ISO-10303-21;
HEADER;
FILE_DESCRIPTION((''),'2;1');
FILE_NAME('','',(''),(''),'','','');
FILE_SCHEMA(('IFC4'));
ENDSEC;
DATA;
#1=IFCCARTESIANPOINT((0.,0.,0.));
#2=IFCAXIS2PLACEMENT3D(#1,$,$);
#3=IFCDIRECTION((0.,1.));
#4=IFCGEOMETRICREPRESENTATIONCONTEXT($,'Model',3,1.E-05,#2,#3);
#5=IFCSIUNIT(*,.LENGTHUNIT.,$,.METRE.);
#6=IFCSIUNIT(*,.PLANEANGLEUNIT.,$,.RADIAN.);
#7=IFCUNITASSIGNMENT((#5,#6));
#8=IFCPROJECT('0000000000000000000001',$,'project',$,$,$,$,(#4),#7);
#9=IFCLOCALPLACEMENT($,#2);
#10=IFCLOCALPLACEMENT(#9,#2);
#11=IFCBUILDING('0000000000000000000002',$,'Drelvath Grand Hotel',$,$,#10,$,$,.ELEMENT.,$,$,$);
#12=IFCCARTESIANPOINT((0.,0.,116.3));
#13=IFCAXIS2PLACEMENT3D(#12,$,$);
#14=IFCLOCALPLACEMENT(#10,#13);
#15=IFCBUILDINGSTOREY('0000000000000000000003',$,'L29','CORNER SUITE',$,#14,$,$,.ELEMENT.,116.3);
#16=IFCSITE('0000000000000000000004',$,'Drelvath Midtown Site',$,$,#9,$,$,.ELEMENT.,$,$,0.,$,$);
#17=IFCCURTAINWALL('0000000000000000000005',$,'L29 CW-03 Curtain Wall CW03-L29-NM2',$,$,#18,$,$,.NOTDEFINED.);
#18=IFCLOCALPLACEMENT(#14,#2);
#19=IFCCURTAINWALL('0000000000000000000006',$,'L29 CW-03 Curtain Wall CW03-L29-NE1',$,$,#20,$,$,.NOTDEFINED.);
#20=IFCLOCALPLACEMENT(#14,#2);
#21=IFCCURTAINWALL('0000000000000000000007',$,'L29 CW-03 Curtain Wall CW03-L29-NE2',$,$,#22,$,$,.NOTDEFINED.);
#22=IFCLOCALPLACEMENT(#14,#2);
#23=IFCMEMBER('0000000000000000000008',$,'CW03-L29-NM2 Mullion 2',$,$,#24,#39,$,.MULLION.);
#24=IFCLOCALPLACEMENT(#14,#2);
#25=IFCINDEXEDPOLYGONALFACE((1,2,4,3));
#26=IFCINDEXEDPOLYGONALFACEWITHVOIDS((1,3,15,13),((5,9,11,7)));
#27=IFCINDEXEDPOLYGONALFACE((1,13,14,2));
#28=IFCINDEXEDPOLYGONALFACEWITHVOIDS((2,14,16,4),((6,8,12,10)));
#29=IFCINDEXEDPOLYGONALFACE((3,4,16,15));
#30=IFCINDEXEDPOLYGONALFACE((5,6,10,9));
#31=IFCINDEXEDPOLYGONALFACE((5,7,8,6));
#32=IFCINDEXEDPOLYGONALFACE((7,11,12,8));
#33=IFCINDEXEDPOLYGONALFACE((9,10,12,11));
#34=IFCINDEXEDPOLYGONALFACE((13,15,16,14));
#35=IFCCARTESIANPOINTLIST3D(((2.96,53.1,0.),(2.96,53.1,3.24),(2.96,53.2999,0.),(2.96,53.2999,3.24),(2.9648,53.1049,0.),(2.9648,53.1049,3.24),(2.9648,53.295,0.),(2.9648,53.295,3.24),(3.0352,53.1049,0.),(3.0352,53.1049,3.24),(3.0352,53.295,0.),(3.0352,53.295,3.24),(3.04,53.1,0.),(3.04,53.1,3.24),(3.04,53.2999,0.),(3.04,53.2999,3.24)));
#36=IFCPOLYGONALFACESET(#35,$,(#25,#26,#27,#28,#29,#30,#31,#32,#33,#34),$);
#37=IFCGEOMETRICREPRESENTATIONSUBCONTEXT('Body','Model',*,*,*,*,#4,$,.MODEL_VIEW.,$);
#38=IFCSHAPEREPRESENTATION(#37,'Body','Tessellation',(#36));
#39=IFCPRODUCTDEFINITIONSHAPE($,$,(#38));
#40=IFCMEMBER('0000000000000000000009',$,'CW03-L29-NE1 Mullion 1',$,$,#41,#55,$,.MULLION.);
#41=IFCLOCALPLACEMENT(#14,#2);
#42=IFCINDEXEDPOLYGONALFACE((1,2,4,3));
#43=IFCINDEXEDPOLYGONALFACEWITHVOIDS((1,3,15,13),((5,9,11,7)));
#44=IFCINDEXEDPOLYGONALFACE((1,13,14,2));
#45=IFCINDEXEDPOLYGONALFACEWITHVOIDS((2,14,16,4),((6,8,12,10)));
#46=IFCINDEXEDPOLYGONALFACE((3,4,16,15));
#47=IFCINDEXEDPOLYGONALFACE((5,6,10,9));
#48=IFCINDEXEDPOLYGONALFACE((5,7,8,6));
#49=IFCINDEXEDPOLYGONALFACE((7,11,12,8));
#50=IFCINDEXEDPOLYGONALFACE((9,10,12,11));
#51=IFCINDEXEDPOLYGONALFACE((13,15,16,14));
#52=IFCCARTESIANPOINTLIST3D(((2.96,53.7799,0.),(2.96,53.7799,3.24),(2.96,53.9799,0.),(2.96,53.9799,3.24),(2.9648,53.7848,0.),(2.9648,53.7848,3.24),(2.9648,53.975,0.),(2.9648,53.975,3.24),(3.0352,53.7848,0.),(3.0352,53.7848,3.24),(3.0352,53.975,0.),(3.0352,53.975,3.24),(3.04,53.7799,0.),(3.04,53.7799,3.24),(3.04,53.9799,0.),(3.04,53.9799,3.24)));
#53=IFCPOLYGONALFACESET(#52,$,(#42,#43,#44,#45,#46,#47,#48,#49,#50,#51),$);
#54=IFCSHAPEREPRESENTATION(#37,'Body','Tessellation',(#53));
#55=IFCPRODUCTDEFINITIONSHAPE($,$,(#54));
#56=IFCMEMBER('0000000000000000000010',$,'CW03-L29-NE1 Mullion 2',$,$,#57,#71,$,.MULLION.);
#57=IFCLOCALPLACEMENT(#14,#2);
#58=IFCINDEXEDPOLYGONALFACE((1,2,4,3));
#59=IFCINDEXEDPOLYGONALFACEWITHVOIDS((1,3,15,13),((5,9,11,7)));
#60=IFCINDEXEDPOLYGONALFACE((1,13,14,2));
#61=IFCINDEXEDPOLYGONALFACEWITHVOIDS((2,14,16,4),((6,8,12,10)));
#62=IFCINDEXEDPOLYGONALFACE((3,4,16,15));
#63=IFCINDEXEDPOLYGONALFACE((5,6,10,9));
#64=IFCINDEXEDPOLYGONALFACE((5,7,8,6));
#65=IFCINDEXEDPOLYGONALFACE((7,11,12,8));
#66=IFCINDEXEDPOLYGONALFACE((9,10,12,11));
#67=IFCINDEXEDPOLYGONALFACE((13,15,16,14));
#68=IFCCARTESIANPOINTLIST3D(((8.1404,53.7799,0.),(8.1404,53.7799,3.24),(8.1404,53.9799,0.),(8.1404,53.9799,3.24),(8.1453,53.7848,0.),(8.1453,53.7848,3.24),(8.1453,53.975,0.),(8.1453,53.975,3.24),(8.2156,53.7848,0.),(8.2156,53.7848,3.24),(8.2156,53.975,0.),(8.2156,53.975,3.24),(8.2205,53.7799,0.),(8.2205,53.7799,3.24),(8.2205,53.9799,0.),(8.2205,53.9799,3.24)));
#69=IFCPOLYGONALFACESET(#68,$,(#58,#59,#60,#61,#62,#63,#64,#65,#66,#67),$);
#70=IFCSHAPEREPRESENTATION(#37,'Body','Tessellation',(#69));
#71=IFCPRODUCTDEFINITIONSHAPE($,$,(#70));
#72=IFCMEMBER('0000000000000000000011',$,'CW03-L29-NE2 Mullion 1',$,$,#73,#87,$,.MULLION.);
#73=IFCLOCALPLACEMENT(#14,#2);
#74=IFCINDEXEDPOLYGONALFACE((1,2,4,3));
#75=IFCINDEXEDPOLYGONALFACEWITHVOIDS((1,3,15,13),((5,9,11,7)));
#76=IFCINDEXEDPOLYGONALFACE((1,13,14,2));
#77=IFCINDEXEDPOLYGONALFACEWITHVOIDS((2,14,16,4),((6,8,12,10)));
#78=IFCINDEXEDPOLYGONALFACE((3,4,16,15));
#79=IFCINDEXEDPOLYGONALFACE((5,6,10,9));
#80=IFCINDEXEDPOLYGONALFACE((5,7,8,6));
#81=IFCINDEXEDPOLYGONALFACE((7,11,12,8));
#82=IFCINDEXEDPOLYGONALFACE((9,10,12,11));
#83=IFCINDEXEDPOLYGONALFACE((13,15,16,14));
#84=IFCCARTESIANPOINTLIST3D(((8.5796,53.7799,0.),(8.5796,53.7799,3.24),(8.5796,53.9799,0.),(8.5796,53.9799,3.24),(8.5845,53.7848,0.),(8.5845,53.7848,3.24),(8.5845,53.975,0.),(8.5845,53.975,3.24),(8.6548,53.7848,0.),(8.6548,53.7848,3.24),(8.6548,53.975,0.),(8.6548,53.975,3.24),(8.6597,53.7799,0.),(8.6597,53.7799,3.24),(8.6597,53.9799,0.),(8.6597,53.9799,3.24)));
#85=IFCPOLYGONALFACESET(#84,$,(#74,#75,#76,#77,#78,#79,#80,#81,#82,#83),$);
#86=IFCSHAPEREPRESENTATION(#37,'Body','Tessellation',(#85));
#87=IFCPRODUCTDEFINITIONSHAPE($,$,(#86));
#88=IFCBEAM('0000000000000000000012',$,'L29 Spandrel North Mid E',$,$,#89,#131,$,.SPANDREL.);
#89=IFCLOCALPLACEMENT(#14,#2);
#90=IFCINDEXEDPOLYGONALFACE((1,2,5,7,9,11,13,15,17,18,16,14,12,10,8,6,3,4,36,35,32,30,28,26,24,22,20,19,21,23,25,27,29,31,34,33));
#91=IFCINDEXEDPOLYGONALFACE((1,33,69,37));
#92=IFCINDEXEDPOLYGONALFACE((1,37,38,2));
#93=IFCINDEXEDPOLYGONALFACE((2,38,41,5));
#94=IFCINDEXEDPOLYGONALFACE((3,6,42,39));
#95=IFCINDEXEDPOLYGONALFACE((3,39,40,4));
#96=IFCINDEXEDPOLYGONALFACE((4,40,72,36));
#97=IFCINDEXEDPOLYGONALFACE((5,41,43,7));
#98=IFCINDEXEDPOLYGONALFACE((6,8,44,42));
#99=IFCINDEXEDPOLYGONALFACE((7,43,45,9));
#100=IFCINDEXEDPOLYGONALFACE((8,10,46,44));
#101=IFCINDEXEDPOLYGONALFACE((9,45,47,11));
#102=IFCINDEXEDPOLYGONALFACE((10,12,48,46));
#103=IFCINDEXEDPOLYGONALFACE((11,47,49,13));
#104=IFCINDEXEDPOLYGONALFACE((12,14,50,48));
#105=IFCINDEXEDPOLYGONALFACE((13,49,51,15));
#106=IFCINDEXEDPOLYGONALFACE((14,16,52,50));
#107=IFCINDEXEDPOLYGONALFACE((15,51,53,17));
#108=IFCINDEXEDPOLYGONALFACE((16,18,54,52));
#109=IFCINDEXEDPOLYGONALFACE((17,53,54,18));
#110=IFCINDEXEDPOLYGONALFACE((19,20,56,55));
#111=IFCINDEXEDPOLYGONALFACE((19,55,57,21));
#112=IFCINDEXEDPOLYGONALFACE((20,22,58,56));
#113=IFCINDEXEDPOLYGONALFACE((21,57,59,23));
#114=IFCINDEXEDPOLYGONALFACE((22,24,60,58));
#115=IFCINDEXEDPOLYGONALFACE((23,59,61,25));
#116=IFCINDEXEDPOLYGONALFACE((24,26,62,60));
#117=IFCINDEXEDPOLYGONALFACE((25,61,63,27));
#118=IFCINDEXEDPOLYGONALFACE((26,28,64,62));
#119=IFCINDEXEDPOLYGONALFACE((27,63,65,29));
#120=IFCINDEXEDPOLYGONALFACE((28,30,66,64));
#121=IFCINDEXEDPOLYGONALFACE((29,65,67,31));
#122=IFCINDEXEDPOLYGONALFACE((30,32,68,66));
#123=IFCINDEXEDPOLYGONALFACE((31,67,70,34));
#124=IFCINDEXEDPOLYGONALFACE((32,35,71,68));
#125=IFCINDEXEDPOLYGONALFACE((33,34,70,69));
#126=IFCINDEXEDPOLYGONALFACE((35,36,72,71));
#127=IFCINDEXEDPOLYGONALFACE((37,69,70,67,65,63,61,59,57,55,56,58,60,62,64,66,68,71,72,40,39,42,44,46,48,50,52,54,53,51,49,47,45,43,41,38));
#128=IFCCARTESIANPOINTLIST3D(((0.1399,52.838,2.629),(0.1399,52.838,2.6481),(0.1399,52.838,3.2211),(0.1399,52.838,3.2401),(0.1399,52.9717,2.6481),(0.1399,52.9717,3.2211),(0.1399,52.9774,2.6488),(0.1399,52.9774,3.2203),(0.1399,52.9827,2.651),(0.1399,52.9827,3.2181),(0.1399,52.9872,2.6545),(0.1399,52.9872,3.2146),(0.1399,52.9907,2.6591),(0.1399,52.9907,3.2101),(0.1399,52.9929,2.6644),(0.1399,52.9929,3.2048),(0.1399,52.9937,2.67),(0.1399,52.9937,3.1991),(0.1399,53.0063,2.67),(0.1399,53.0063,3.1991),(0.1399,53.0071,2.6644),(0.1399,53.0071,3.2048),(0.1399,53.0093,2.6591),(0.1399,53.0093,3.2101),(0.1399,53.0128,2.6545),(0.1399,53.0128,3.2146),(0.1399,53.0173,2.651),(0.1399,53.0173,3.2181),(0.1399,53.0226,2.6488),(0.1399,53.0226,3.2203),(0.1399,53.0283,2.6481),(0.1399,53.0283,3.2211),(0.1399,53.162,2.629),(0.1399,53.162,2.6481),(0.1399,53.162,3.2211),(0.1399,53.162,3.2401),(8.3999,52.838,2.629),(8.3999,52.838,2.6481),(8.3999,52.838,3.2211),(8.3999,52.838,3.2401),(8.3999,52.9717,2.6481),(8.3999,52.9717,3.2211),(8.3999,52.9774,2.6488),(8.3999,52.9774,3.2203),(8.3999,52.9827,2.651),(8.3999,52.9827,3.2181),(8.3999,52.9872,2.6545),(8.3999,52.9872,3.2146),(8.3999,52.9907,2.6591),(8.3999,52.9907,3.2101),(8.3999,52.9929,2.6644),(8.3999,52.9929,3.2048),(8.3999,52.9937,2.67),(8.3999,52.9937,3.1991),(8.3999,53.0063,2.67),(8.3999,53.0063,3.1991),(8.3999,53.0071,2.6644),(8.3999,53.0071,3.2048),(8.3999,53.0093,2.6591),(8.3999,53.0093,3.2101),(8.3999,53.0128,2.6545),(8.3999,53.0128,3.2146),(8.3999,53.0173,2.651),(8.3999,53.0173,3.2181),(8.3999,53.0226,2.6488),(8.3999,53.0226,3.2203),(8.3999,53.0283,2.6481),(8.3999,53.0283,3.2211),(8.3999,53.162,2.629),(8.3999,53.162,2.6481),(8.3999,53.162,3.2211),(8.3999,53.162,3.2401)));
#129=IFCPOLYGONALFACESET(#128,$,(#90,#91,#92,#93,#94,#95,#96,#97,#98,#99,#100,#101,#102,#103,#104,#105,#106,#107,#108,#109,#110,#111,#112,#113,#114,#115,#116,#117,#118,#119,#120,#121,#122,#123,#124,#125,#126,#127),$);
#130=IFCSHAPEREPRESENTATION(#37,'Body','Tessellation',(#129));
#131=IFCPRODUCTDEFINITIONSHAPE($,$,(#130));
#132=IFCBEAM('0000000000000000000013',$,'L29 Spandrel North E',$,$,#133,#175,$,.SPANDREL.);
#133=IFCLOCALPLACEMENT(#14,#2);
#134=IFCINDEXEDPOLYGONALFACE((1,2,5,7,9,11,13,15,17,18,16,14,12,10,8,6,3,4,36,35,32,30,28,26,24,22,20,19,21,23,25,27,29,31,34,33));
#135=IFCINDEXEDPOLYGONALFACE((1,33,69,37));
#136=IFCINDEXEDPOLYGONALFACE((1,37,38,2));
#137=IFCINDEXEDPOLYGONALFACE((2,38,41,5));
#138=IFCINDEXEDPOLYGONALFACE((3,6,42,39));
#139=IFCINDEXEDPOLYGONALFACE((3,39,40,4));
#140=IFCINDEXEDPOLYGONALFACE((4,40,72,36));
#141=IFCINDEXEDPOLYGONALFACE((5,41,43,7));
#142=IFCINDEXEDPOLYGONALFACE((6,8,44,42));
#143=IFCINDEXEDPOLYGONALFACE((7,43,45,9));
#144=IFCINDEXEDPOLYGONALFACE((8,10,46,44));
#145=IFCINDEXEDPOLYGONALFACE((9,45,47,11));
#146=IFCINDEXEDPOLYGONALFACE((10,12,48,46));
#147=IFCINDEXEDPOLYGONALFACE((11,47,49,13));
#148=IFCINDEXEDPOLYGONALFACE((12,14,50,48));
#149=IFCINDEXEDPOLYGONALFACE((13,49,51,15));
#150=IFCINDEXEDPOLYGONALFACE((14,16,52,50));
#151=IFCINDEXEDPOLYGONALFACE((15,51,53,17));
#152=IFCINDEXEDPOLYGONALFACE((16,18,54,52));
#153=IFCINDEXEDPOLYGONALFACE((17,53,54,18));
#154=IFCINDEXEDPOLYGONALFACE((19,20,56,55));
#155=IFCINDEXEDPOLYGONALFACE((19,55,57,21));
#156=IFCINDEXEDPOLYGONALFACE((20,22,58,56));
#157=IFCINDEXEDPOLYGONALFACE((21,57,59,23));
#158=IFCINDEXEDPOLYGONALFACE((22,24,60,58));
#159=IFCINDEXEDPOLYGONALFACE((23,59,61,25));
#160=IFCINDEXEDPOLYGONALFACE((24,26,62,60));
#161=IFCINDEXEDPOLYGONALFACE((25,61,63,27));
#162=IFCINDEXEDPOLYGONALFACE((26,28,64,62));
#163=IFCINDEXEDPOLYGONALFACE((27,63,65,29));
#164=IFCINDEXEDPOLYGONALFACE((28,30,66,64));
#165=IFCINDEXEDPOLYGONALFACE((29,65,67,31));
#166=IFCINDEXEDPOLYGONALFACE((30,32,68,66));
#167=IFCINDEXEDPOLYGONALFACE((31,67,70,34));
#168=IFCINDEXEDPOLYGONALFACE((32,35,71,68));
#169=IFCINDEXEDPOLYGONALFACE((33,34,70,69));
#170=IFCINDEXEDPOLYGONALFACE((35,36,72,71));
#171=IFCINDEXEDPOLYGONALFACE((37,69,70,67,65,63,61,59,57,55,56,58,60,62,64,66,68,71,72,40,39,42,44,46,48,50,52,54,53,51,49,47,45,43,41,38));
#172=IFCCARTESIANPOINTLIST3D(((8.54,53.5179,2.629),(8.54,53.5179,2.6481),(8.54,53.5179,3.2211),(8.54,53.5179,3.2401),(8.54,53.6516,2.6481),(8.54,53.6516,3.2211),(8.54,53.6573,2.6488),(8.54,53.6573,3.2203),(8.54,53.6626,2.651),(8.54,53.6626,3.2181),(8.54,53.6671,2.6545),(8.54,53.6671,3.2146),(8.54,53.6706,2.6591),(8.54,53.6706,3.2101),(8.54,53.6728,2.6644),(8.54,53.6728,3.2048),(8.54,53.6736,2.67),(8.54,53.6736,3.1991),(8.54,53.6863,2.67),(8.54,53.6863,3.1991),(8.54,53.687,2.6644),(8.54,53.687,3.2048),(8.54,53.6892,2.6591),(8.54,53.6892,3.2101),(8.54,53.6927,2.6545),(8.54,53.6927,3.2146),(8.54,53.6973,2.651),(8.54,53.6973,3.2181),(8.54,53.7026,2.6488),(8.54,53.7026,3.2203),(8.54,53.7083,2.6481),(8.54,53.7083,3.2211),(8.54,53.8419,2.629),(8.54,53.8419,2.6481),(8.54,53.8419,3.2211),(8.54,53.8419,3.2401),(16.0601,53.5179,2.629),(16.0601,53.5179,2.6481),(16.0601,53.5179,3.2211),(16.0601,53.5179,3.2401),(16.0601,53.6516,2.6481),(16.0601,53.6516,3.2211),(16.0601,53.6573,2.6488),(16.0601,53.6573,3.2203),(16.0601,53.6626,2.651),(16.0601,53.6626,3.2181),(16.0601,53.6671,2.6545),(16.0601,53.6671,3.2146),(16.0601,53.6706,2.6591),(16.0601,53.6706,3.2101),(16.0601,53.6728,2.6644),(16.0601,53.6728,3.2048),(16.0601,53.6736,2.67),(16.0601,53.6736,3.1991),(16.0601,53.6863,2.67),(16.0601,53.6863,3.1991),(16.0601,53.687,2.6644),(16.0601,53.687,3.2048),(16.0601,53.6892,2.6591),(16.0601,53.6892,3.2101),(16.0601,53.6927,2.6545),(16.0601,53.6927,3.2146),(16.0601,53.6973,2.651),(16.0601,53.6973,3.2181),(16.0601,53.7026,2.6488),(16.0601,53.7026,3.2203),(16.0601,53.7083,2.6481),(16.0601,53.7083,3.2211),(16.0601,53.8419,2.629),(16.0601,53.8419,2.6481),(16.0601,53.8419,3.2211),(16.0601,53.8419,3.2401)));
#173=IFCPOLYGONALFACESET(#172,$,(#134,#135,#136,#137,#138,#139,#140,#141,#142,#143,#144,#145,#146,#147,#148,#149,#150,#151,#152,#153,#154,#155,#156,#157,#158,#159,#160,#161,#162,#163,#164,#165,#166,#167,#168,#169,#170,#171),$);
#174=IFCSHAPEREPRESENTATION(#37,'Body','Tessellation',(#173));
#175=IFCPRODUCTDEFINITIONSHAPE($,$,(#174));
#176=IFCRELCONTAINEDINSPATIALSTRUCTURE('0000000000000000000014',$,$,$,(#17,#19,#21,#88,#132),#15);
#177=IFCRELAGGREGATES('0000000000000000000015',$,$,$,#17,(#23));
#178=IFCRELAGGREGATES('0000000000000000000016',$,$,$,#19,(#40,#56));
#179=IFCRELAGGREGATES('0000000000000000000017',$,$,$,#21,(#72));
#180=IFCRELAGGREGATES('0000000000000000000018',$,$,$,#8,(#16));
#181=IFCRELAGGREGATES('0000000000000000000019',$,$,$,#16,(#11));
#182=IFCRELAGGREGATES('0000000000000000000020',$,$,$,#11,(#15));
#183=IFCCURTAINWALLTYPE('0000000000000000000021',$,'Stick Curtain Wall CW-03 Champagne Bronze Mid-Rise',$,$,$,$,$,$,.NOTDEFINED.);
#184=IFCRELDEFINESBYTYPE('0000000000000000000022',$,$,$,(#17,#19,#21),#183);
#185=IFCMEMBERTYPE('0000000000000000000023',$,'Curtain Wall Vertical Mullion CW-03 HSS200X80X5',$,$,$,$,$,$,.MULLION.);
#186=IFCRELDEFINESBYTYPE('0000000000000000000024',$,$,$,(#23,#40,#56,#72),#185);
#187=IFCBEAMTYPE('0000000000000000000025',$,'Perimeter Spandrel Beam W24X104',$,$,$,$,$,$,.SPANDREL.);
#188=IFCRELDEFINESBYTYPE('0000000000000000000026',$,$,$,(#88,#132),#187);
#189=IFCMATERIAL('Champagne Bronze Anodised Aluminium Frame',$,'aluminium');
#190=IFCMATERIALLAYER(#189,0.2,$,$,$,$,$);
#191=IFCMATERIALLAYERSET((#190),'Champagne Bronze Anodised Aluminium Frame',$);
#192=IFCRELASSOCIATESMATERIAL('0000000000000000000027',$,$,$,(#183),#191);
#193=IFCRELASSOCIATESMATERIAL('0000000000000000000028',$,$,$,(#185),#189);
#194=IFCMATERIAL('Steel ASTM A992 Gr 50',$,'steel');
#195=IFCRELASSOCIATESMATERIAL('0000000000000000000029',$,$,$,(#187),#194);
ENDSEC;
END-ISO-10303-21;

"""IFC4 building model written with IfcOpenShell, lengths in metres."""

from ifc_helpers import new_model, si_unit, direction, frame, origin, origin_2d, place, context, subcontext, project, spatial, hollow_rectangle, i_section, extrude, material, layer, layer_set, material_profile, profile_set, type_object, element, aggregate, save


model = new_model("IFC4")

# Units and contexts
model_context = context("Model", 3, precision=1e-05, world=origin(), true_north=direction((0.0, 1.0)))
body_context = subcontext(model_context, "Body", "Model", "MODEL_VIEW")
ifc_project = project(units=[si_unit("LENGTHUNIT", "METRE"), si_unit("PLANEANGLEUNIT", "RADIAN")], contexts=[model_context])

# Site, building, storey
site_placement = place(None, origin())
site = spatial("IfcSite", under=ifc_project, at=site_placement, Name="Drelvath Midtown Site", CompositionType="ELEMENT", RefElevation=0.0)
building_placement = place(site_placement, origin())
building = spatial("IfcBuilding", under=site, at=building_placement, Name="Drelvath Grand Hotel", CompositionType="ELEMENT")
storey_placement = place(building_placement, frame((0.0, 0.0, 116.3)))
storey = spatial("IfcBuildingStorey", under=building, at=storey_placement, Name="L29", Description="CORNER SUITE", CompositionType="ELEMENT", Elevation=116.3)

# Curtain walls
ifc_material_1 = material(Name="Champagne Bronze Anodised Aluminium Frame", Category="aluminium")
ifc_layer_1 = layer(ifc_material_1, 0.2)
ifc_layer_set_1 = layer_set([ifc_layer_1], Name="Champagne Bronze Anodised Aluminium Frame")
curtain_wall_type = type_object("IfcCurtainWallType", Name="Stick Curtain Wall CW-03 Champagne Bronze Mid-Rise", PredefinedType="NOTDEFINED", material=ifc_layer_set_1)
curtain_wall_1_placement = place(storey_placement, origin())
curtain_wall_1 = element("IfcCurtainWall", 1, at=curtain_wall_1_placement, inside=storey, type_object=curtain_wall_type, Name="L29 CW-03 Curtain Wall CW03-L29-NM2", PredefinedType="NOTDEFINED")
curtain_wall_2_placement = place(storey_placement, origin())
curtain_wall_2 = element("IfcCurtainWall", 2, at=curtain_wall_2_placement, inside=storey, type_object=curtain_wall_type, Name="L29 CW-03 Curtain Wall CW03-L29-NE1", PredefinedType="NOTDEFINED")
curtain_wall_3_placement = place(storey_placement, origin())
curtain_wall_3 = element("IfcCurtainWall", 3, at=curtain_wall_3_placement, inside=storey, type_object=curtain_wall_type, Name="L29 CW-03 Curtain Wall CW03-L29-NE2", PredefinedType="NOTDEFINED")
ifc_material_profile_1 = material_profile(ifc_material_1, hollow_rectangle(XDim=0.0801, YDim=0.2, WallThickness=0.0049, at=origin_2d()), Name="HSS200X80X5")
ifc_profile_set_1 = profile_set([ifc_material_profile_1], Name="Champagne Bronze Anodised Aluminium Frame")
member_type_1 = type_object("IfcMemberType", Name="Curtain Wall Vertical Mullion CW-03 HSS200X80X5", PredefinedType="MULLION", material=ifc_profile_set_1)

# Members
member_1_placement = place(storey_placement, frame((3.0, 53.2, 0.0), z_axis=(0.0, 0.0, 1.0), x_axis=(1.0, 0.0, 0.0)))
member_1 = element("IfcMember", 4, at=member_1_placement, type_object=member_type_1, Name="CW03-L29-NM2 Mullion 2", PredefinedType="MULLION", context=body_context, shape_type="SweptSolid", body=[
    extrude(hollow_rectangle(XDim=0.0801, YDim=0.2, WallThickness=0.0049, at=origin_2d()), origin(), (0.0, 0.0, 1.0), 3.24),
])
member_2_placement = place(storey_placement, frame((3.0, 53.8799, 0.0), z_axis=(0.0, 0.0, 1.0), x_axis=(1.0, 0.0, 0.0)))
member_2 = element("IfcMember", 5, at=member_2_placement, type_object=member_type_1, Name="CW03-L29-NE1 Mullion 1", PredefinedType="MULLION", context=body_context, shape_type="SweptSolid", body=[
    extrude(hollow_rectangle(XDim=0.0801, YDim=0.2, WallThickness=0.0049, at=origin_2d()), origin(), (0.0, 0.0, 1.0), 3.24),
])
member_3_placement = place(storey_placement, frame((8.1804, 53.8799, 0.0), z_axis=(0.0, 0.0, 1.0), x_axis=(1.0, 0.0, 0.0)))
member_3 = element("IfcMember", 6, at=member_3_placement, type_object=member_type_1, Name="CW03-L29-NE1 Mullion 2", PredefinedType="MULLION", context=body_context, shape_type="SweptSolid", body=[
    extrude(hollow_rectangle(XDim=0.0801, YDim=0.2, WallThickness=0.0049, at=origin_2d()), origin(), (0.0, 0.0, 1.0), 3.24),
])
member_4_placement = place(storey_placement, frame((8.6196, 53.8799, 0.0), z_axis=(0.0, 0.0, 1.0), x_axis=(1.0, 0.0, 0.0)))
member_4 = element("IfcMember", 7, at=member_4_placement, type_object=member_type_1, Name="CW03-L29-NE2 Mullion 1", PredefinedType="MULLION", context=body_context, shape_type="SweptSolid", body=[
    extrude(hollow_rectangle(XDim=0.0801, YDim=0.2, WallThickness=0.0049, at=origin_2d()), origin(), (0.0, 0.0, 1.0), 3.24),
])

# Beams
ifc_material_2 = material(Name="Steel ASTM A992 Gr 50", Category="steel")
ifc_material_profile_2 = material_profile(ifc_material_2, i_section(OverallWidth=0.324, OverallDepth=0.6111, WebThickness=0.0127, FlangeThickness=0.019, FilletRadius=0.022, at=origin_2d()), Name="W24X104")
ifc_profile_set_2 = profile_set([ifc_material_profile_2], Name="Steel ASTM A992 Gr 50")
beam_type_1 = type_object("IfcBeamType", Name="Perimeter Spandrel Beam W24X104", PredefinedType="SPANDREL", material=ifc_profile_set_2)
beam_1_placement = place(storey_placement, frame((0.1399, 53.0, 2.9346), z_axis=(1.0, 0.0, 0.0), x_axis=(0.0, 1.0, 0.0)))
element("IfcBeam", 8, at=beam_1_placement, inside=storey, type_object=beam_type_1, Name="L29 Spandrel North Mid E", PredefinedType="SPANDREL", context=body_context, shape_type="SweptSolid", body=[
    extrude(i_section(OverallWidth=0.324, OverallDepth=0.6111, WebThickness=0.0127, FlangeThickness=0.019, FilletRadius=0.022, at=origin_2d()), origin(), (0.0, 0.0, 1.0), 8.26),
])
beam_2_placement = place(storey_placement, frame((8.54, 53.6799, 2.9346), z_axis=(1.0, 0.0, 0.0), x_axis=(0.0, 1.0, 0.0)))
element("IfcBeam", 9, at=beam_2_placement, inside=storey, type_object=beam_type_1, Name="L29 Spandrel North E", PredefinedType="SPANDREL", context=body_context, shape_type="SweptSolid", body=[
    extrude(i_section(OverallWidth=0.324, OverallDepth=0.6111, WebThickness=0.0127, FlangeThickness=0.019, FilletRadius=0.022, at=origin_2d()), origin(), (0.0, 0.0, 1.0), 7.52),
])

aggregate(curtain_wall_1, [member_1])
aggregate(curtain_wall_2, [member_2, member_3])
aggregate(curtain_wall_3, [member_4])

save(model, "model.ifc")
